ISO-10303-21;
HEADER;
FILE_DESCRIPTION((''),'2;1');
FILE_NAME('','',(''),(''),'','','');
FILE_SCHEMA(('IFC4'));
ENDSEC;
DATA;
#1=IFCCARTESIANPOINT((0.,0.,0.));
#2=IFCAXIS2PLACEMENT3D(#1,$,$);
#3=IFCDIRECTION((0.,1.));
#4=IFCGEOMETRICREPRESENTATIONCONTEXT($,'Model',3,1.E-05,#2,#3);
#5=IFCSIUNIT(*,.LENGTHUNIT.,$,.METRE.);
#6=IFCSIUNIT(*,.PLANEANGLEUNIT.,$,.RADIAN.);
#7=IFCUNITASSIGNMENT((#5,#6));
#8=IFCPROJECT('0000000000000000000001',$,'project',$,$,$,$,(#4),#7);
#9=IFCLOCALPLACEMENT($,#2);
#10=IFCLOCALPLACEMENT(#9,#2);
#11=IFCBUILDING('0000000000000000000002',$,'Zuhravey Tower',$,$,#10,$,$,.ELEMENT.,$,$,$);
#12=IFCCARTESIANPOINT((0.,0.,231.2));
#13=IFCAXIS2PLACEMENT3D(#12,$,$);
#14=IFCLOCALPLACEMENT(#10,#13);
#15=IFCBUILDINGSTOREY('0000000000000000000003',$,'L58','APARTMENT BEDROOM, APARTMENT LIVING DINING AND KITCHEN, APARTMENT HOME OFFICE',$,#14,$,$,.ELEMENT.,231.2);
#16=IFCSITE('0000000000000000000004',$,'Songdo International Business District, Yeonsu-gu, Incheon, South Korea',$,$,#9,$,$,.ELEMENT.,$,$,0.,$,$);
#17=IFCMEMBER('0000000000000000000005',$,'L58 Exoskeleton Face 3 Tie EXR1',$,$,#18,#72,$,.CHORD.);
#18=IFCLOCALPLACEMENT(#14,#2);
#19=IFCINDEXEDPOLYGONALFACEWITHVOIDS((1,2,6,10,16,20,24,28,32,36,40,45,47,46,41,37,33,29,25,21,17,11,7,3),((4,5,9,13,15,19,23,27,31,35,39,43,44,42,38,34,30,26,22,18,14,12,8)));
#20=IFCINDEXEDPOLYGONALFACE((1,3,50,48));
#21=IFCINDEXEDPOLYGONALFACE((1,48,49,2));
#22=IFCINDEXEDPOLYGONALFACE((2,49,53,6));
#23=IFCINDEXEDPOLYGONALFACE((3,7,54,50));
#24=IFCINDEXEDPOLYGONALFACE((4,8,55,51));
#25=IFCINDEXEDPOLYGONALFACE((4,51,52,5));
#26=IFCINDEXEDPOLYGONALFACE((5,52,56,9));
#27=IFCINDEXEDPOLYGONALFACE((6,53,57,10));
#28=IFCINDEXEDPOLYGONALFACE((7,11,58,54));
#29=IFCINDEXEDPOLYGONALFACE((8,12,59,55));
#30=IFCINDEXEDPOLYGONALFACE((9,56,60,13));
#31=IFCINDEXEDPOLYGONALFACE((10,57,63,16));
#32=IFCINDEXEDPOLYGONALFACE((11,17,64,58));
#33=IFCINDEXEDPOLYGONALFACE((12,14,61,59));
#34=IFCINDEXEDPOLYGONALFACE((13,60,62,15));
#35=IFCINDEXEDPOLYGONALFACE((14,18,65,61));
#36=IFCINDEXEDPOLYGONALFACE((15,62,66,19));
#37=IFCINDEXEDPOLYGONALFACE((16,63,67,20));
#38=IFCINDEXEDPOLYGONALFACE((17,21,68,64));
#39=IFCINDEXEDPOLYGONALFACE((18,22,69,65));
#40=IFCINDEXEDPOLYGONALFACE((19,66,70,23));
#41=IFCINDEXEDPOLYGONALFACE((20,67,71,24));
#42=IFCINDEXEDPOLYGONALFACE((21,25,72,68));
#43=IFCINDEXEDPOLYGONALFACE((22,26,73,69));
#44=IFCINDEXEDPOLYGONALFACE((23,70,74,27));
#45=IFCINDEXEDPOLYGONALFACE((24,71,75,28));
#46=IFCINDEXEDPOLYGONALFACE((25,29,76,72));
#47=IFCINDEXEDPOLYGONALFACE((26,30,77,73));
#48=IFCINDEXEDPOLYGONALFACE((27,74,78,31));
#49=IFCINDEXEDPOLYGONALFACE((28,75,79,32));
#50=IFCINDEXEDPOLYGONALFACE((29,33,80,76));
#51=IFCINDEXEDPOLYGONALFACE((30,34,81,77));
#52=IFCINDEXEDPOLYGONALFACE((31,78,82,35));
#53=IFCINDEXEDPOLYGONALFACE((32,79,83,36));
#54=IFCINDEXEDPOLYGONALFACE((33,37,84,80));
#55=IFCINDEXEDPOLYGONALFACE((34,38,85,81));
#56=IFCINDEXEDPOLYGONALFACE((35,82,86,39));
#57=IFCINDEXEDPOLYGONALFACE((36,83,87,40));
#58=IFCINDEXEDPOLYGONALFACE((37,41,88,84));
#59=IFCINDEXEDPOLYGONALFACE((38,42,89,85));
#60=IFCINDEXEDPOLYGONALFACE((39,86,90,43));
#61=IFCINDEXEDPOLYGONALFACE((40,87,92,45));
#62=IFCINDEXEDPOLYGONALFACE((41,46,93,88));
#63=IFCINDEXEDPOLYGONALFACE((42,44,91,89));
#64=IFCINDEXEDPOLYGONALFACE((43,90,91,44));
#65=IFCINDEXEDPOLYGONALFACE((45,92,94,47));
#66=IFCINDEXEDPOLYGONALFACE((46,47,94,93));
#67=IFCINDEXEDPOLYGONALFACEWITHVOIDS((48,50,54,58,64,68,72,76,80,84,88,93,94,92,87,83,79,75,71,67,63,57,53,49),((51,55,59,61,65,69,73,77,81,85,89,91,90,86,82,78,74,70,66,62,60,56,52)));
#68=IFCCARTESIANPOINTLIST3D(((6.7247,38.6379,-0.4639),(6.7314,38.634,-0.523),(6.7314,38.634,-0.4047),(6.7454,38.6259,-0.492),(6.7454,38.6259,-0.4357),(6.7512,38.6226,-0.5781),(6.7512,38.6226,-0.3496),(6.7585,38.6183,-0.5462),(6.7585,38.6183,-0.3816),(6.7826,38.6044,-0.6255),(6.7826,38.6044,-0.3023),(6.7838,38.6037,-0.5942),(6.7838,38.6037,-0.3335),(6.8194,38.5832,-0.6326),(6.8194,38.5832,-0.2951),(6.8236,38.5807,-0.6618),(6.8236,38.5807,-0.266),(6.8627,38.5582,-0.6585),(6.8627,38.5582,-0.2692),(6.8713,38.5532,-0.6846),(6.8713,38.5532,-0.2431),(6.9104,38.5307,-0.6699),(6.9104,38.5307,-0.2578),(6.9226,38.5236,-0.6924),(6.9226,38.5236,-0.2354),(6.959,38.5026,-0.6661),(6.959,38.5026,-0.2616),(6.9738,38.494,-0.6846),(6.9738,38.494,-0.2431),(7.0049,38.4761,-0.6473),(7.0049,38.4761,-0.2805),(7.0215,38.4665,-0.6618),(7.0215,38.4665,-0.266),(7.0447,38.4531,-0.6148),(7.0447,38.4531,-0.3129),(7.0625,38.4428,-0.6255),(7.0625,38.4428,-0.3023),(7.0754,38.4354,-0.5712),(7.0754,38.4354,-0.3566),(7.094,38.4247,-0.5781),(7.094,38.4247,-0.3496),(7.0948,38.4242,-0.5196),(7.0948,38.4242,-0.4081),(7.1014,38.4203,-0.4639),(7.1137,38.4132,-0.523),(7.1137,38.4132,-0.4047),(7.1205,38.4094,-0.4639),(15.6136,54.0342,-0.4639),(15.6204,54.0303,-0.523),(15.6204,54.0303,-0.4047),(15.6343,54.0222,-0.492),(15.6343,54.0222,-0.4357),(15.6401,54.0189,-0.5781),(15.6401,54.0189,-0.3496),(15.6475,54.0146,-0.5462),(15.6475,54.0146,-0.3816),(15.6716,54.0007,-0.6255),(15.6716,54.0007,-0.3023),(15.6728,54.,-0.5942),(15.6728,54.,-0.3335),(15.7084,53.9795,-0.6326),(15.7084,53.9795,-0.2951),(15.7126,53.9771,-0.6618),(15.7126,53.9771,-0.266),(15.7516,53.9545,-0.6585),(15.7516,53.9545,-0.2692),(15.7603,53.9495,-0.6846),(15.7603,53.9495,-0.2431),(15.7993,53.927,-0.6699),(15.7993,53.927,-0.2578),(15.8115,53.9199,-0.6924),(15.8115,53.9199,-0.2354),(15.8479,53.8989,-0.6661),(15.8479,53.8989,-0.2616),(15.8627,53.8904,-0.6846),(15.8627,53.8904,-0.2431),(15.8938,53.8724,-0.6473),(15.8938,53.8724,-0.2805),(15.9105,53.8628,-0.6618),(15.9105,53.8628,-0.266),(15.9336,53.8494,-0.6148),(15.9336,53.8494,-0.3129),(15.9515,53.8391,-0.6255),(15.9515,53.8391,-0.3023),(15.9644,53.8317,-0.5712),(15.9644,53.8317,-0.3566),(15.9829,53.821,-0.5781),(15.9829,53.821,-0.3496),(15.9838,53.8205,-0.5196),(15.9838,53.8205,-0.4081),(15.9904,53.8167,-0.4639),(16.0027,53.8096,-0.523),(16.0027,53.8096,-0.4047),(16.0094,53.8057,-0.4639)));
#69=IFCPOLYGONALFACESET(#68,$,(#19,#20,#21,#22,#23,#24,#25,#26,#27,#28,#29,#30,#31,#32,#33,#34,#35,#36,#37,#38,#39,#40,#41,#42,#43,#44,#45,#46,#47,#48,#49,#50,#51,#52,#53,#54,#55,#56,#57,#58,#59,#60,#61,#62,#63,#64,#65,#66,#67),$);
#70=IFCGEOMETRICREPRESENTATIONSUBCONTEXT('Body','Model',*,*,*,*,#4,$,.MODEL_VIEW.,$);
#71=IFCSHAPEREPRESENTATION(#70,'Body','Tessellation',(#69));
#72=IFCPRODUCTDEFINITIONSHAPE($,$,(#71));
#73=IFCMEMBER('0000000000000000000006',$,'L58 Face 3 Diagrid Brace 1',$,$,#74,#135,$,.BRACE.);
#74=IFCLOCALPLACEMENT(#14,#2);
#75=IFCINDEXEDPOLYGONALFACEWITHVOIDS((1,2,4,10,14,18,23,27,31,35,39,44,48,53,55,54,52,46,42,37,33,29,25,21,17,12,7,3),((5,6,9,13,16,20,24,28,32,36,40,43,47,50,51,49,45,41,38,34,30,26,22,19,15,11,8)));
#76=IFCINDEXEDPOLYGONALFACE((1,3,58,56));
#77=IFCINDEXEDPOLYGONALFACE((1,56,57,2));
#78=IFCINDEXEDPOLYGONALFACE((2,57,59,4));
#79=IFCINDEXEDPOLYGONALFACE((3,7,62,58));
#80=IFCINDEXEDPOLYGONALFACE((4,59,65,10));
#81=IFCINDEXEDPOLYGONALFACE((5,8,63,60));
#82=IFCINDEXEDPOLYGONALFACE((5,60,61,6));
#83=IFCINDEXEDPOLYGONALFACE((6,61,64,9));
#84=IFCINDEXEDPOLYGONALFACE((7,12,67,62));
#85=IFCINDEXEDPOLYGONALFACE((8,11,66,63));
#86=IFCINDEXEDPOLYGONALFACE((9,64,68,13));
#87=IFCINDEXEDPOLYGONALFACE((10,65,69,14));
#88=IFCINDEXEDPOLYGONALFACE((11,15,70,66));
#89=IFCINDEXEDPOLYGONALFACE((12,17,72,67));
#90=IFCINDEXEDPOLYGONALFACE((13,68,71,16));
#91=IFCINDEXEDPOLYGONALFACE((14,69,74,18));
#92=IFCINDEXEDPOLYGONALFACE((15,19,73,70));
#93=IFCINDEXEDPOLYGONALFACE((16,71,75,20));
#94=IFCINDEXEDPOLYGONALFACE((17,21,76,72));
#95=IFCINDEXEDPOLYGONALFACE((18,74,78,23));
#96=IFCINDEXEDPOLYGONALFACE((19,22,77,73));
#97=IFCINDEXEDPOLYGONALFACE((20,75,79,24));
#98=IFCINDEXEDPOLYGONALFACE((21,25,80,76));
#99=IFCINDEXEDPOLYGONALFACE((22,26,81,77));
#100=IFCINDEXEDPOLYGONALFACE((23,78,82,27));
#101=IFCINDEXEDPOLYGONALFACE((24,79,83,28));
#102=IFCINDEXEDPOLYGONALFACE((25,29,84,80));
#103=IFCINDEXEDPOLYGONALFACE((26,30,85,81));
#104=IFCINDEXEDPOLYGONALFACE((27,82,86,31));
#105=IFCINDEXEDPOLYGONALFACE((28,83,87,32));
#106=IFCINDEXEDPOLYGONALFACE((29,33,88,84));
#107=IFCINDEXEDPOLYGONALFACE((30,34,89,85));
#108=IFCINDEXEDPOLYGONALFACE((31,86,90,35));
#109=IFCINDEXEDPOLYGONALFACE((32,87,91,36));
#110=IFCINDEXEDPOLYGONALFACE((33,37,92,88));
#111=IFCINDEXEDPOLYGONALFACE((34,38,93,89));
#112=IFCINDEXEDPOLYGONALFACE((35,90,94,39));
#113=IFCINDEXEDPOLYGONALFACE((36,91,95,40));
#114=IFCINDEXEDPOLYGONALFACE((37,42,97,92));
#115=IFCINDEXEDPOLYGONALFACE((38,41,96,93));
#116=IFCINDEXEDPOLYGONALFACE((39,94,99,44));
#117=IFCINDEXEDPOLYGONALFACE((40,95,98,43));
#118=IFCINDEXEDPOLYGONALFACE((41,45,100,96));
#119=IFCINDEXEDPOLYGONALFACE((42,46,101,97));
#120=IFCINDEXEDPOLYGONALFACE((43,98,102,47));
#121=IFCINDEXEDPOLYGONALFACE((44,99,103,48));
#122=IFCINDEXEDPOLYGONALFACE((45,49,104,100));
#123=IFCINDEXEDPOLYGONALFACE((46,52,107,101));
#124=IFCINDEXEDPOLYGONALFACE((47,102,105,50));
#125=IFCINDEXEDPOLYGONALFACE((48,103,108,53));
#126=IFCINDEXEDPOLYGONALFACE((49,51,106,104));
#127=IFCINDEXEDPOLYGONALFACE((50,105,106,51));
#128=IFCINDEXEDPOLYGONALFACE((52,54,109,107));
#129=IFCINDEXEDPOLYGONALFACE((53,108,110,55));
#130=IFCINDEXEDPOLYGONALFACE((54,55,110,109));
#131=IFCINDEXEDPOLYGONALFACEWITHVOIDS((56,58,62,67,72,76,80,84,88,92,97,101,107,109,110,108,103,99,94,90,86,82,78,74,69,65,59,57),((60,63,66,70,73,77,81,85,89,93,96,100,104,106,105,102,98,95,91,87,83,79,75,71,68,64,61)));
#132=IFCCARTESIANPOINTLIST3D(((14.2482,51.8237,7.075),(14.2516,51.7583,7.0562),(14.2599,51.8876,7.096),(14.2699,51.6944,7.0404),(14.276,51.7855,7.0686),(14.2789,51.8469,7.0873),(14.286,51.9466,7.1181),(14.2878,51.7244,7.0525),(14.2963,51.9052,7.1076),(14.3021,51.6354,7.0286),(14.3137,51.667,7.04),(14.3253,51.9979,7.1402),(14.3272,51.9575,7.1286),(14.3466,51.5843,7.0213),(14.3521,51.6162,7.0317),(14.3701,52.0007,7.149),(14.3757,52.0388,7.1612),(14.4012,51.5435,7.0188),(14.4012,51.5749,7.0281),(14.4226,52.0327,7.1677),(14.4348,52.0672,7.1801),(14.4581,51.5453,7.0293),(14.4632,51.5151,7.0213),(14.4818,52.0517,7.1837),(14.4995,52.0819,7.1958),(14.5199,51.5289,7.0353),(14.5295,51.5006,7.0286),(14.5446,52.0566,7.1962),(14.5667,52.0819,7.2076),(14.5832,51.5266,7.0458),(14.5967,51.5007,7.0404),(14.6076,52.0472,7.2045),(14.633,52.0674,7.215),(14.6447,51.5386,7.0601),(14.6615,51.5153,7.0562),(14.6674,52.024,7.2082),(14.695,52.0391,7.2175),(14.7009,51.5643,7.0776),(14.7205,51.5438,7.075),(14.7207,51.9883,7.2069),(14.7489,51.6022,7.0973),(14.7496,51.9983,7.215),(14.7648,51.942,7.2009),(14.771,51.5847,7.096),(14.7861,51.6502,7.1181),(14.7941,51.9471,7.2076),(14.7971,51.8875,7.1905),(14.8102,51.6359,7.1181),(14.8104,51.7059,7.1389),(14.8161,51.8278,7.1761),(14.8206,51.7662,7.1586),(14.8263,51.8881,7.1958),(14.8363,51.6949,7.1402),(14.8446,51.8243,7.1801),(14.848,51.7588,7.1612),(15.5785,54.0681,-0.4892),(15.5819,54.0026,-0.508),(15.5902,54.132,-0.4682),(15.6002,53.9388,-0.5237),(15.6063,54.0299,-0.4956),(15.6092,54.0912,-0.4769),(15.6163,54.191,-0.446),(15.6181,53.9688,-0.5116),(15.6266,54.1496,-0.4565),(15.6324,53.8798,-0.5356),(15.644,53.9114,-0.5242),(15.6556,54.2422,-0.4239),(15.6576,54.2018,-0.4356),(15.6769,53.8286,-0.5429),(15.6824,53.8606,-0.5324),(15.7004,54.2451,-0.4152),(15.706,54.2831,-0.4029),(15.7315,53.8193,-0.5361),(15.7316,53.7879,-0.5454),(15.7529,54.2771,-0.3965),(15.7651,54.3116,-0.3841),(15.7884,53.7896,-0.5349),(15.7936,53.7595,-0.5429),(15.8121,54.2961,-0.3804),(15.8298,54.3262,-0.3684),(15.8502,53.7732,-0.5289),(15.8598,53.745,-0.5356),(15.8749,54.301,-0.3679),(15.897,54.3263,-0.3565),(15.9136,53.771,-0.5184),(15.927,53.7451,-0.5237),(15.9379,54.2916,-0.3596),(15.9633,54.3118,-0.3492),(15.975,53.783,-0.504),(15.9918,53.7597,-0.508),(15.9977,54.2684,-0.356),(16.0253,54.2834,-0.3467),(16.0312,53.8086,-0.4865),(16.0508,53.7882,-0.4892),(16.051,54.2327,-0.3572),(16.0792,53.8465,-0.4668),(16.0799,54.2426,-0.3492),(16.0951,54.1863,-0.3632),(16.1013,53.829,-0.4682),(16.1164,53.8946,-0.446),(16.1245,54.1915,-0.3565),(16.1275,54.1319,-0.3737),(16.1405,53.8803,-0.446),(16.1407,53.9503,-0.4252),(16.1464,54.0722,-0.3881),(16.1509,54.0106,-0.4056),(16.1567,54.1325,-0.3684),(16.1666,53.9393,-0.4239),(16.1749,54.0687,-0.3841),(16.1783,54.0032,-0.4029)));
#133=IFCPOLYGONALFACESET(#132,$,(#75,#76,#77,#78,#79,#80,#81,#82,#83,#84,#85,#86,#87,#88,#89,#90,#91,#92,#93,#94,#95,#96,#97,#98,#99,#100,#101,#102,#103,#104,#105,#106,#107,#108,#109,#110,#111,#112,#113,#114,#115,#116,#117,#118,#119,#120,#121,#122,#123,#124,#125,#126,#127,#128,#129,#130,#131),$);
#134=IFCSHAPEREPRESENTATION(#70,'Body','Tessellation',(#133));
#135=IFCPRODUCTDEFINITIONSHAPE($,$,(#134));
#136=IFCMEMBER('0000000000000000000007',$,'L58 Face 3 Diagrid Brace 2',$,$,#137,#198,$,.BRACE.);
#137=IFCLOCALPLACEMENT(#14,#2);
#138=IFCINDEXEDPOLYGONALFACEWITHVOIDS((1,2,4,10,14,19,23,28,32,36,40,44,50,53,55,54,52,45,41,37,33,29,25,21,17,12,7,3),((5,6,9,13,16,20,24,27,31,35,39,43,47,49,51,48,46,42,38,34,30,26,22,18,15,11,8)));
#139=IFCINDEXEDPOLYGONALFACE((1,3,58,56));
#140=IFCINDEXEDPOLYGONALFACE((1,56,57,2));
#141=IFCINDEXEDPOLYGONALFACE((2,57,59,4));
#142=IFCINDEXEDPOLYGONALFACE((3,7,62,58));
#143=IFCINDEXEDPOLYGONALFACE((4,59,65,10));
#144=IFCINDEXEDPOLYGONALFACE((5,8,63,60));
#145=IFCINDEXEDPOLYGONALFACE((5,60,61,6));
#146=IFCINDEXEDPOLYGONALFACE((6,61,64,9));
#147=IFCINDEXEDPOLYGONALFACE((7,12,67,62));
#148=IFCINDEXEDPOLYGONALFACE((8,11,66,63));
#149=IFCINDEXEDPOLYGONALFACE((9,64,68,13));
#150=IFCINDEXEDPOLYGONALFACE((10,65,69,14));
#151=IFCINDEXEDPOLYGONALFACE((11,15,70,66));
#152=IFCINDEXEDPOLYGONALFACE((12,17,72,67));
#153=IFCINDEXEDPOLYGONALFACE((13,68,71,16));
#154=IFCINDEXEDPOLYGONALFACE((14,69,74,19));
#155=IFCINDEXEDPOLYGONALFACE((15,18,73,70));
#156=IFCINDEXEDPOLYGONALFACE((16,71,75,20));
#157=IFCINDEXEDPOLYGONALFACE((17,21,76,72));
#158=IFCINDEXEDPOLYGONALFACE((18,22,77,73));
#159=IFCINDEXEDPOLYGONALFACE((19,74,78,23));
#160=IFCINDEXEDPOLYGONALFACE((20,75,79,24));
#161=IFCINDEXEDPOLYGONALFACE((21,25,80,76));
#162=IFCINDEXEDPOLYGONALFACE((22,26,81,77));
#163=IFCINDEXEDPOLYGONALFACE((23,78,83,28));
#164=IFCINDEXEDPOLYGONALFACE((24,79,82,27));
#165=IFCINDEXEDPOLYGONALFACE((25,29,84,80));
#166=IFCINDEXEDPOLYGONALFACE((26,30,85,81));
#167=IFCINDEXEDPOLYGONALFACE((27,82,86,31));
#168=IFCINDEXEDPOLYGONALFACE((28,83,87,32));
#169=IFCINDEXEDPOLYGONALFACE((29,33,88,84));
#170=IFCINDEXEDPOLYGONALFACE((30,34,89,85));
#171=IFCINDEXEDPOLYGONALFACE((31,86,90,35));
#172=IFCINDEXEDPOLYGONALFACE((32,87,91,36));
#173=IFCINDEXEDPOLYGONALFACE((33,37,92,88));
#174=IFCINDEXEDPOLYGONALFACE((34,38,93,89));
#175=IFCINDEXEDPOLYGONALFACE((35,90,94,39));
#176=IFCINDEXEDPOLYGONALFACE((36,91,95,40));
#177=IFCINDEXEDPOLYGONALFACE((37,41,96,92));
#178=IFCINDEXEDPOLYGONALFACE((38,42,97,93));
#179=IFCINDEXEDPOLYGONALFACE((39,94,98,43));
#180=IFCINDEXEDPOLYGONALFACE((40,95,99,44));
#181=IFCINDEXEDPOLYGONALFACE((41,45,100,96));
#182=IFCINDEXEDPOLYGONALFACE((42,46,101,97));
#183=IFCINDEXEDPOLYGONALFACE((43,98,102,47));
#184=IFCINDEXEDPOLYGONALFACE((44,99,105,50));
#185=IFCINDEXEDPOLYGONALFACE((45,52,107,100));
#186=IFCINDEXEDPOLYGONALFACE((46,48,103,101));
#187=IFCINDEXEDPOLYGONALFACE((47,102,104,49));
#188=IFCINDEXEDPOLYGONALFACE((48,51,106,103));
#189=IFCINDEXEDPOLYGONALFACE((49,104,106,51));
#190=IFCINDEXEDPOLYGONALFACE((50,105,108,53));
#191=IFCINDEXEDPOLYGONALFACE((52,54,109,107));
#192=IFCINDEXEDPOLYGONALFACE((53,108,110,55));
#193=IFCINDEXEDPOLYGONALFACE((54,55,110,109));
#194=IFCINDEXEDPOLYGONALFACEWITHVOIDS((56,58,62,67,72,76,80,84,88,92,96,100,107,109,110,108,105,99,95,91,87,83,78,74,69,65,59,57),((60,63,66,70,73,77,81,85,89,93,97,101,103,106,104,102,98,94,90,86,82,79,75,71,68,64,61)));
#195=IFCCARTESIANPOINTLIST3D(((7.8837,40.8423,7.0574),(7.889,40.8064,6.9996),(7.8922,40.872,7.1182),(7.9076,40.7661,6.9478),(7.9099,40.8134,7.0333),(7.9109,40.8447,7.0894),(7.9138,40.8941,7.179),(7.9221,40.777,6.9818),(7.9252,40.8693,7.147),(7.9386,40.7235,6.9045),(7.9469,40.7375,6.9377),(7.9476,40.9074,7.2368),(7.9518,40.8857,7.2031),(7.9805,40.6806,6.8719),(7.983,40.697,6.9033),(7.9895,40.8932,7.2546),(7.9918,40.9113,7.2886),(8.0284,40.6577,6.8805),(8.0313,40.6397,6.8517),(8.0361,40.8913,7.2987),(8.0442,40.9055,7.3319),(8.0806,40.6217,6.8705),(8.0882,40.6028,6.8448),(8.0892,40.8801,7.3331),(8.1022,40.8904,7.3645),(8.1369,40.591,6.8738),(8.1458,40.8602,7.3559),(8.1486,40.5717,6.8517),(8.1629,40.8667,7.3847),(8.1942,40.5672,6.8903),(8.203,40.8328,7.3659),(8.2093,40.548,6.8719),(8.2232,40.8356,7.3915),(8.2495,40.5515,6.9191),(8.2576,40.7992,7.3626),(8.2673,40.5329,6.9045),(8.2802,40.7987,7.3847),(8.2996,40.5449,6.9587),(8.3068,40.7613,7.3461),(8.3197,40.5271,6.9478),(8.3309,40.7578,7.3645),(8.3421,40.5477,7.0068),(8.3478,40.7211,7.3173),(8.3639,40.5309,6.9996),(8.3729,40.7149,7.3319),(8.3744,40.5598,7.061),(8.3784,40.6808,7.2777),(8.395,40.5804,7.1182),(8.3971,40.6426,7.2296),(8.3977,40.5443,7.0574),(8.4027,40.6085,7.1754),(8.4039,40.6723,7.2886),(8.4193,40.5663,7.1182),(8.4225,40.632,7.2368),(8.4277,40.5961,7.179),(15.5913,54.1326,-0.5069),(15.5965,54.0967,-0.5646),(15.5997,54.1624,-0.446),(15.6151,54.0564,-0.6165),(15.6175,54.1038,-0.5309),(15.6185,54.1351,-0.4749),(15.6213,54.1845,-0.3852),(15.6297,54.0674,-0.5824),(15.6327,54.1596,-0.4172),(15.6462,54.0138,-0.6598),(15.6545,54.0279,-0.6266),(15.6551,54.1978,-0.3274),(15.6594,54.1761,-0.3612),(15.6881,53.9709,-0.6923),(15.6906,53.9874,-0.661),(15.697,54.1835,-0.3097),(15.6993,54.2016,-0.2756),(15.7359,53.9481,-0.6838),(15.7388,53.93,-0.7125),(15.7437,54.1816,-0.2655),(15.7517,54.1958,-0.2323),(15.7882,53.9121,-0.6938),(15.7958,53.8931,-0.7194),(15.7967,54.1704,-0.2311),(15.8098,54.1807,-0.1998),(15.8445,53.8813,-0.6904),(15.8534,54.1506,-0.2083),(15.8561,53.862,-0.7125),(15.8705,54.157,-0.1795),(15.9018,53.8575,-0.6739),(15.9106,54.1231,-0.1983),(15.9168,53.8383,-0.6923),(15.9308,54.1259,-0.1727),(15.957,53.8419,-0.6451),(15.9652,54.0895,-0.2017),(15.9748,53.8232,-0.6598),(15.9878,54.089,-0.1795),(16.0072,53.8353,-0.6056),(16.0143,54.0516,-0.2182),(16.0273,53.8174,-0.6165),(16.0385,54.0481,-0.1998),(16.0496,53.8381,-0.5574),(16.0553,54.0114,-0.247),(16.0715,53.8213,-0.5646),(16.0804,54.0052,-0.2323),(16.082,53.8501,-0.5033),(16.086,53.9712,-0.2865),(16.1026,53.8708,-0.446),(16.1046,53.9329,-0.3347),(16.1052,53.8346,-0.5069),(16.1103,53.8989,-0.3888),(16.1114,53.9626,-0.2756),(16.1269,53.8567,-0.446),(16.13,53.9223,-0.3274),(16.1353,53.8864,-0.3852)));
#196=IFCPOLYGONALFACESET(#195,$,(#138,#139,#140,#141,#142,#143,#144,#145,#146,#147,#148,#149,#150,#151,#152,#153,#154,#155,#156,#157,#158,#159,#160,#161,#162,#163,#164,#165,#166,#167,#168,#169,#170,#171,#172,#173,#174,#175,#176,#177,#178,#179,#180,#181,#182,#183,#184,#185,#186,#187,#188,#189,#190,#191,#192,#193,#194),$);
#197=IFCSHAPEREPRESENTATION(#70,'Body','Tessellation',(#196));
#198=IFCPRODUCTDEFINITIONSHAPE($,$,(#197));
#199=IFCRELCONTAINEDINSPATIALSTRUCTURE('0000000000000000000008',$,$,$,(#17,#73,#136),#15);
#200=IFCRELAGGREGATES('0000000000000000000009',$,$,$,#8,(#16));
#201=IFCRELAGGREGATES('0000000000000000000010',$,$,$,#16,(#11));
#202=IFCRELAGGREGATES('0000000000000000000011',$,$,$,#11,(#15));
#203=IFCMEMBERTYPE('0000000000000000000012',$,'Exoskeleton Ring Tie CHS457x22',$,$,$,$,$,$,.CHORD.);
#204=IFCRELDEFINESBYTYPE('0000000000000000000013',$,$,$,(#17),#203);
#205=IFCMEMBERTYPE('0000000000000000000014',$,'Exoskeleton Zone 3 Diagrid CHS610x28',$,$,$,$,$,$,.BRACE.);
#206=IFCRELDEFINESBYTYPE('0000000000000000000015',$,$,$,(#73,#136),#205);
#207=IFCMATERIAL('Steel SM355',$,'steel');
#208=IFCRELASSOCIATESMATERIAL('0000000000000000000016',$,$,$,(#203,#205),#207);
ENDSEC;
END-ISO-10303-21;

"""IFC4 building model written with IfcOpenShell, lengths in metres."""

from ifc_helpers import new_model, si_unit, direction, frame, origin, origin_2d, place, context, subcontext, project, spatial, hollow_circle, extrude, material, material_profile, profile_set, type_object, element, save


model = new_model("IFC4")

# Units and contexts
model_context = context("Model", 3, precision=1e-05, world=origin(), true_north=direction((0.0, 1.0)))
body_context = subcontext(model_context, "Body", "Model", "MODEL_VIEW")
ifc_project = project(units=[si_unit("LENGTHUNIT", "METRE"), si_unit("PLANEANGLEUNIT", "RADIAN")], contexts=[model_context])

# Site, building, storey
site_placement = place(None, origin())
site = spatial("IfcSite", under=ifc_project, at=site_placement, Name="Songdo International Business District, Yeonsu-gu, Incheon, South Korea", CompositionType="ELEMENT", RefElevation=0.0)
building_placement = place(site_placement, origin())
building = spatial("IfcBuilding", under=site, at=building_placement, Name="Zuhravey Tower", CompositionType="ELEMENT")
storey_placement = place(building_placement, frame((0.0, 0.0, 231.2)))
storey = spatial("IfcBuildingStorey", under=building, at=storey_placement, Name="L58", Description="APARTMENT BEDROOM, APARTMENT LIVING DINING AND KITCHEN, APARTMENT HOME OFFICE", CompositionType="ELEMENT", Elevation=231.2)

# Members
ifc_material_1 = material(Name="Steel SM355", Category="steel")
ifc_material_profile_1 = material_profile(ifc_material_1, hollow_circle(Radius=0.2285, WallThickness=0.022, at=origin_2d()), Name="CHS-457.2x22")
ifc_profile_set_1 = profile_set([ifc_material_profile_1], Name="Steel SM355")
member_type_1 = type_object("IfcMemberType", Name="Exoskeleton Ring Tie CHS457x22", PredefinedType="CHORD", material=ifc_profile_set_1)
member_1_placement = place(storey_placement, frame((15.8115, 53.9199, -0.4639), z_axis=(-0.499995, -0.866028, 0.0), x_axis=(0.866028, -0.499995, 0.0)))
element("IfcMember", 1, at=member_1_placement, inside=storey, type_object=member_type_1, Name="L58 Exoskeleton Face 3 Tie EXR1", PredefinedType="CHORD", context=body_context, shape_type="SweptSolid", body=[
    extrude(hollow_circle(Radius=0.2285, WallThickness=0.022, at=origin_2d()), origin(), (0.0, 0.0, 1.0), 17.7781),
])
ifc_material_profile_2 = material_profile(ifc_material_1, hollow_circle(Radius=0.3047, WallThickness=0.0281, at=origin_2d()), Name="CHS-609.6x28")
ifc_profile_set_2 = profile_set([ifc_material_profile_2], Name="Steel SM355")
member_type_2 = type_object("IfcMemberType", Name="Exoskeleton Zone 3 Diagrid CHS610x28", PredefinedType="BRACE", material=ifc_profile_set_2)
member_2_placement = place(storey_placement, frame((15.8784, 54.0356, -0.446), z_axis=(-0.166259, -0.280495, 0.945347), x_axis=(0.860238, -0.509892, 0.0)))
element("IfcMember", 2, at=member_2_placement, inside=storey, type_object=member_type_2, Name="L58 Face 3 Diagrid Brace 1", PredefinedType="BRACE", context=body_context, shape_type="SweptSolid", body=[
    extrude(hollow_circle(Radius=0.3047, WallThickness=0.0281, at=origin_2d()), origin(), (0.0, 0.0, 1.0), 8.0015),
])
member_3_placement = place(storey_placement, frame((15.8633, 54.0095, -0.446), z_axis=(-0.450082, -0.776089, 0.441714), x_axis=(0.865055, -0.501677, 0.0)))
element("IfcMember", 3, at=member_3_placement, inside=storey, type_object=member_type_2, Name="L58 Face 3 Diagrid Brace 2", PredefinedType="BRACE", context=body_context, shape_type="SweptSolid", body=[
    extrude(hollow_circle(Radius=0.3047, WallThickness=0.0281, at=origin_2d()), origin(), (0.0, 0.0, 1.0), 17.1248),
])

save(model, "model.ifc")
